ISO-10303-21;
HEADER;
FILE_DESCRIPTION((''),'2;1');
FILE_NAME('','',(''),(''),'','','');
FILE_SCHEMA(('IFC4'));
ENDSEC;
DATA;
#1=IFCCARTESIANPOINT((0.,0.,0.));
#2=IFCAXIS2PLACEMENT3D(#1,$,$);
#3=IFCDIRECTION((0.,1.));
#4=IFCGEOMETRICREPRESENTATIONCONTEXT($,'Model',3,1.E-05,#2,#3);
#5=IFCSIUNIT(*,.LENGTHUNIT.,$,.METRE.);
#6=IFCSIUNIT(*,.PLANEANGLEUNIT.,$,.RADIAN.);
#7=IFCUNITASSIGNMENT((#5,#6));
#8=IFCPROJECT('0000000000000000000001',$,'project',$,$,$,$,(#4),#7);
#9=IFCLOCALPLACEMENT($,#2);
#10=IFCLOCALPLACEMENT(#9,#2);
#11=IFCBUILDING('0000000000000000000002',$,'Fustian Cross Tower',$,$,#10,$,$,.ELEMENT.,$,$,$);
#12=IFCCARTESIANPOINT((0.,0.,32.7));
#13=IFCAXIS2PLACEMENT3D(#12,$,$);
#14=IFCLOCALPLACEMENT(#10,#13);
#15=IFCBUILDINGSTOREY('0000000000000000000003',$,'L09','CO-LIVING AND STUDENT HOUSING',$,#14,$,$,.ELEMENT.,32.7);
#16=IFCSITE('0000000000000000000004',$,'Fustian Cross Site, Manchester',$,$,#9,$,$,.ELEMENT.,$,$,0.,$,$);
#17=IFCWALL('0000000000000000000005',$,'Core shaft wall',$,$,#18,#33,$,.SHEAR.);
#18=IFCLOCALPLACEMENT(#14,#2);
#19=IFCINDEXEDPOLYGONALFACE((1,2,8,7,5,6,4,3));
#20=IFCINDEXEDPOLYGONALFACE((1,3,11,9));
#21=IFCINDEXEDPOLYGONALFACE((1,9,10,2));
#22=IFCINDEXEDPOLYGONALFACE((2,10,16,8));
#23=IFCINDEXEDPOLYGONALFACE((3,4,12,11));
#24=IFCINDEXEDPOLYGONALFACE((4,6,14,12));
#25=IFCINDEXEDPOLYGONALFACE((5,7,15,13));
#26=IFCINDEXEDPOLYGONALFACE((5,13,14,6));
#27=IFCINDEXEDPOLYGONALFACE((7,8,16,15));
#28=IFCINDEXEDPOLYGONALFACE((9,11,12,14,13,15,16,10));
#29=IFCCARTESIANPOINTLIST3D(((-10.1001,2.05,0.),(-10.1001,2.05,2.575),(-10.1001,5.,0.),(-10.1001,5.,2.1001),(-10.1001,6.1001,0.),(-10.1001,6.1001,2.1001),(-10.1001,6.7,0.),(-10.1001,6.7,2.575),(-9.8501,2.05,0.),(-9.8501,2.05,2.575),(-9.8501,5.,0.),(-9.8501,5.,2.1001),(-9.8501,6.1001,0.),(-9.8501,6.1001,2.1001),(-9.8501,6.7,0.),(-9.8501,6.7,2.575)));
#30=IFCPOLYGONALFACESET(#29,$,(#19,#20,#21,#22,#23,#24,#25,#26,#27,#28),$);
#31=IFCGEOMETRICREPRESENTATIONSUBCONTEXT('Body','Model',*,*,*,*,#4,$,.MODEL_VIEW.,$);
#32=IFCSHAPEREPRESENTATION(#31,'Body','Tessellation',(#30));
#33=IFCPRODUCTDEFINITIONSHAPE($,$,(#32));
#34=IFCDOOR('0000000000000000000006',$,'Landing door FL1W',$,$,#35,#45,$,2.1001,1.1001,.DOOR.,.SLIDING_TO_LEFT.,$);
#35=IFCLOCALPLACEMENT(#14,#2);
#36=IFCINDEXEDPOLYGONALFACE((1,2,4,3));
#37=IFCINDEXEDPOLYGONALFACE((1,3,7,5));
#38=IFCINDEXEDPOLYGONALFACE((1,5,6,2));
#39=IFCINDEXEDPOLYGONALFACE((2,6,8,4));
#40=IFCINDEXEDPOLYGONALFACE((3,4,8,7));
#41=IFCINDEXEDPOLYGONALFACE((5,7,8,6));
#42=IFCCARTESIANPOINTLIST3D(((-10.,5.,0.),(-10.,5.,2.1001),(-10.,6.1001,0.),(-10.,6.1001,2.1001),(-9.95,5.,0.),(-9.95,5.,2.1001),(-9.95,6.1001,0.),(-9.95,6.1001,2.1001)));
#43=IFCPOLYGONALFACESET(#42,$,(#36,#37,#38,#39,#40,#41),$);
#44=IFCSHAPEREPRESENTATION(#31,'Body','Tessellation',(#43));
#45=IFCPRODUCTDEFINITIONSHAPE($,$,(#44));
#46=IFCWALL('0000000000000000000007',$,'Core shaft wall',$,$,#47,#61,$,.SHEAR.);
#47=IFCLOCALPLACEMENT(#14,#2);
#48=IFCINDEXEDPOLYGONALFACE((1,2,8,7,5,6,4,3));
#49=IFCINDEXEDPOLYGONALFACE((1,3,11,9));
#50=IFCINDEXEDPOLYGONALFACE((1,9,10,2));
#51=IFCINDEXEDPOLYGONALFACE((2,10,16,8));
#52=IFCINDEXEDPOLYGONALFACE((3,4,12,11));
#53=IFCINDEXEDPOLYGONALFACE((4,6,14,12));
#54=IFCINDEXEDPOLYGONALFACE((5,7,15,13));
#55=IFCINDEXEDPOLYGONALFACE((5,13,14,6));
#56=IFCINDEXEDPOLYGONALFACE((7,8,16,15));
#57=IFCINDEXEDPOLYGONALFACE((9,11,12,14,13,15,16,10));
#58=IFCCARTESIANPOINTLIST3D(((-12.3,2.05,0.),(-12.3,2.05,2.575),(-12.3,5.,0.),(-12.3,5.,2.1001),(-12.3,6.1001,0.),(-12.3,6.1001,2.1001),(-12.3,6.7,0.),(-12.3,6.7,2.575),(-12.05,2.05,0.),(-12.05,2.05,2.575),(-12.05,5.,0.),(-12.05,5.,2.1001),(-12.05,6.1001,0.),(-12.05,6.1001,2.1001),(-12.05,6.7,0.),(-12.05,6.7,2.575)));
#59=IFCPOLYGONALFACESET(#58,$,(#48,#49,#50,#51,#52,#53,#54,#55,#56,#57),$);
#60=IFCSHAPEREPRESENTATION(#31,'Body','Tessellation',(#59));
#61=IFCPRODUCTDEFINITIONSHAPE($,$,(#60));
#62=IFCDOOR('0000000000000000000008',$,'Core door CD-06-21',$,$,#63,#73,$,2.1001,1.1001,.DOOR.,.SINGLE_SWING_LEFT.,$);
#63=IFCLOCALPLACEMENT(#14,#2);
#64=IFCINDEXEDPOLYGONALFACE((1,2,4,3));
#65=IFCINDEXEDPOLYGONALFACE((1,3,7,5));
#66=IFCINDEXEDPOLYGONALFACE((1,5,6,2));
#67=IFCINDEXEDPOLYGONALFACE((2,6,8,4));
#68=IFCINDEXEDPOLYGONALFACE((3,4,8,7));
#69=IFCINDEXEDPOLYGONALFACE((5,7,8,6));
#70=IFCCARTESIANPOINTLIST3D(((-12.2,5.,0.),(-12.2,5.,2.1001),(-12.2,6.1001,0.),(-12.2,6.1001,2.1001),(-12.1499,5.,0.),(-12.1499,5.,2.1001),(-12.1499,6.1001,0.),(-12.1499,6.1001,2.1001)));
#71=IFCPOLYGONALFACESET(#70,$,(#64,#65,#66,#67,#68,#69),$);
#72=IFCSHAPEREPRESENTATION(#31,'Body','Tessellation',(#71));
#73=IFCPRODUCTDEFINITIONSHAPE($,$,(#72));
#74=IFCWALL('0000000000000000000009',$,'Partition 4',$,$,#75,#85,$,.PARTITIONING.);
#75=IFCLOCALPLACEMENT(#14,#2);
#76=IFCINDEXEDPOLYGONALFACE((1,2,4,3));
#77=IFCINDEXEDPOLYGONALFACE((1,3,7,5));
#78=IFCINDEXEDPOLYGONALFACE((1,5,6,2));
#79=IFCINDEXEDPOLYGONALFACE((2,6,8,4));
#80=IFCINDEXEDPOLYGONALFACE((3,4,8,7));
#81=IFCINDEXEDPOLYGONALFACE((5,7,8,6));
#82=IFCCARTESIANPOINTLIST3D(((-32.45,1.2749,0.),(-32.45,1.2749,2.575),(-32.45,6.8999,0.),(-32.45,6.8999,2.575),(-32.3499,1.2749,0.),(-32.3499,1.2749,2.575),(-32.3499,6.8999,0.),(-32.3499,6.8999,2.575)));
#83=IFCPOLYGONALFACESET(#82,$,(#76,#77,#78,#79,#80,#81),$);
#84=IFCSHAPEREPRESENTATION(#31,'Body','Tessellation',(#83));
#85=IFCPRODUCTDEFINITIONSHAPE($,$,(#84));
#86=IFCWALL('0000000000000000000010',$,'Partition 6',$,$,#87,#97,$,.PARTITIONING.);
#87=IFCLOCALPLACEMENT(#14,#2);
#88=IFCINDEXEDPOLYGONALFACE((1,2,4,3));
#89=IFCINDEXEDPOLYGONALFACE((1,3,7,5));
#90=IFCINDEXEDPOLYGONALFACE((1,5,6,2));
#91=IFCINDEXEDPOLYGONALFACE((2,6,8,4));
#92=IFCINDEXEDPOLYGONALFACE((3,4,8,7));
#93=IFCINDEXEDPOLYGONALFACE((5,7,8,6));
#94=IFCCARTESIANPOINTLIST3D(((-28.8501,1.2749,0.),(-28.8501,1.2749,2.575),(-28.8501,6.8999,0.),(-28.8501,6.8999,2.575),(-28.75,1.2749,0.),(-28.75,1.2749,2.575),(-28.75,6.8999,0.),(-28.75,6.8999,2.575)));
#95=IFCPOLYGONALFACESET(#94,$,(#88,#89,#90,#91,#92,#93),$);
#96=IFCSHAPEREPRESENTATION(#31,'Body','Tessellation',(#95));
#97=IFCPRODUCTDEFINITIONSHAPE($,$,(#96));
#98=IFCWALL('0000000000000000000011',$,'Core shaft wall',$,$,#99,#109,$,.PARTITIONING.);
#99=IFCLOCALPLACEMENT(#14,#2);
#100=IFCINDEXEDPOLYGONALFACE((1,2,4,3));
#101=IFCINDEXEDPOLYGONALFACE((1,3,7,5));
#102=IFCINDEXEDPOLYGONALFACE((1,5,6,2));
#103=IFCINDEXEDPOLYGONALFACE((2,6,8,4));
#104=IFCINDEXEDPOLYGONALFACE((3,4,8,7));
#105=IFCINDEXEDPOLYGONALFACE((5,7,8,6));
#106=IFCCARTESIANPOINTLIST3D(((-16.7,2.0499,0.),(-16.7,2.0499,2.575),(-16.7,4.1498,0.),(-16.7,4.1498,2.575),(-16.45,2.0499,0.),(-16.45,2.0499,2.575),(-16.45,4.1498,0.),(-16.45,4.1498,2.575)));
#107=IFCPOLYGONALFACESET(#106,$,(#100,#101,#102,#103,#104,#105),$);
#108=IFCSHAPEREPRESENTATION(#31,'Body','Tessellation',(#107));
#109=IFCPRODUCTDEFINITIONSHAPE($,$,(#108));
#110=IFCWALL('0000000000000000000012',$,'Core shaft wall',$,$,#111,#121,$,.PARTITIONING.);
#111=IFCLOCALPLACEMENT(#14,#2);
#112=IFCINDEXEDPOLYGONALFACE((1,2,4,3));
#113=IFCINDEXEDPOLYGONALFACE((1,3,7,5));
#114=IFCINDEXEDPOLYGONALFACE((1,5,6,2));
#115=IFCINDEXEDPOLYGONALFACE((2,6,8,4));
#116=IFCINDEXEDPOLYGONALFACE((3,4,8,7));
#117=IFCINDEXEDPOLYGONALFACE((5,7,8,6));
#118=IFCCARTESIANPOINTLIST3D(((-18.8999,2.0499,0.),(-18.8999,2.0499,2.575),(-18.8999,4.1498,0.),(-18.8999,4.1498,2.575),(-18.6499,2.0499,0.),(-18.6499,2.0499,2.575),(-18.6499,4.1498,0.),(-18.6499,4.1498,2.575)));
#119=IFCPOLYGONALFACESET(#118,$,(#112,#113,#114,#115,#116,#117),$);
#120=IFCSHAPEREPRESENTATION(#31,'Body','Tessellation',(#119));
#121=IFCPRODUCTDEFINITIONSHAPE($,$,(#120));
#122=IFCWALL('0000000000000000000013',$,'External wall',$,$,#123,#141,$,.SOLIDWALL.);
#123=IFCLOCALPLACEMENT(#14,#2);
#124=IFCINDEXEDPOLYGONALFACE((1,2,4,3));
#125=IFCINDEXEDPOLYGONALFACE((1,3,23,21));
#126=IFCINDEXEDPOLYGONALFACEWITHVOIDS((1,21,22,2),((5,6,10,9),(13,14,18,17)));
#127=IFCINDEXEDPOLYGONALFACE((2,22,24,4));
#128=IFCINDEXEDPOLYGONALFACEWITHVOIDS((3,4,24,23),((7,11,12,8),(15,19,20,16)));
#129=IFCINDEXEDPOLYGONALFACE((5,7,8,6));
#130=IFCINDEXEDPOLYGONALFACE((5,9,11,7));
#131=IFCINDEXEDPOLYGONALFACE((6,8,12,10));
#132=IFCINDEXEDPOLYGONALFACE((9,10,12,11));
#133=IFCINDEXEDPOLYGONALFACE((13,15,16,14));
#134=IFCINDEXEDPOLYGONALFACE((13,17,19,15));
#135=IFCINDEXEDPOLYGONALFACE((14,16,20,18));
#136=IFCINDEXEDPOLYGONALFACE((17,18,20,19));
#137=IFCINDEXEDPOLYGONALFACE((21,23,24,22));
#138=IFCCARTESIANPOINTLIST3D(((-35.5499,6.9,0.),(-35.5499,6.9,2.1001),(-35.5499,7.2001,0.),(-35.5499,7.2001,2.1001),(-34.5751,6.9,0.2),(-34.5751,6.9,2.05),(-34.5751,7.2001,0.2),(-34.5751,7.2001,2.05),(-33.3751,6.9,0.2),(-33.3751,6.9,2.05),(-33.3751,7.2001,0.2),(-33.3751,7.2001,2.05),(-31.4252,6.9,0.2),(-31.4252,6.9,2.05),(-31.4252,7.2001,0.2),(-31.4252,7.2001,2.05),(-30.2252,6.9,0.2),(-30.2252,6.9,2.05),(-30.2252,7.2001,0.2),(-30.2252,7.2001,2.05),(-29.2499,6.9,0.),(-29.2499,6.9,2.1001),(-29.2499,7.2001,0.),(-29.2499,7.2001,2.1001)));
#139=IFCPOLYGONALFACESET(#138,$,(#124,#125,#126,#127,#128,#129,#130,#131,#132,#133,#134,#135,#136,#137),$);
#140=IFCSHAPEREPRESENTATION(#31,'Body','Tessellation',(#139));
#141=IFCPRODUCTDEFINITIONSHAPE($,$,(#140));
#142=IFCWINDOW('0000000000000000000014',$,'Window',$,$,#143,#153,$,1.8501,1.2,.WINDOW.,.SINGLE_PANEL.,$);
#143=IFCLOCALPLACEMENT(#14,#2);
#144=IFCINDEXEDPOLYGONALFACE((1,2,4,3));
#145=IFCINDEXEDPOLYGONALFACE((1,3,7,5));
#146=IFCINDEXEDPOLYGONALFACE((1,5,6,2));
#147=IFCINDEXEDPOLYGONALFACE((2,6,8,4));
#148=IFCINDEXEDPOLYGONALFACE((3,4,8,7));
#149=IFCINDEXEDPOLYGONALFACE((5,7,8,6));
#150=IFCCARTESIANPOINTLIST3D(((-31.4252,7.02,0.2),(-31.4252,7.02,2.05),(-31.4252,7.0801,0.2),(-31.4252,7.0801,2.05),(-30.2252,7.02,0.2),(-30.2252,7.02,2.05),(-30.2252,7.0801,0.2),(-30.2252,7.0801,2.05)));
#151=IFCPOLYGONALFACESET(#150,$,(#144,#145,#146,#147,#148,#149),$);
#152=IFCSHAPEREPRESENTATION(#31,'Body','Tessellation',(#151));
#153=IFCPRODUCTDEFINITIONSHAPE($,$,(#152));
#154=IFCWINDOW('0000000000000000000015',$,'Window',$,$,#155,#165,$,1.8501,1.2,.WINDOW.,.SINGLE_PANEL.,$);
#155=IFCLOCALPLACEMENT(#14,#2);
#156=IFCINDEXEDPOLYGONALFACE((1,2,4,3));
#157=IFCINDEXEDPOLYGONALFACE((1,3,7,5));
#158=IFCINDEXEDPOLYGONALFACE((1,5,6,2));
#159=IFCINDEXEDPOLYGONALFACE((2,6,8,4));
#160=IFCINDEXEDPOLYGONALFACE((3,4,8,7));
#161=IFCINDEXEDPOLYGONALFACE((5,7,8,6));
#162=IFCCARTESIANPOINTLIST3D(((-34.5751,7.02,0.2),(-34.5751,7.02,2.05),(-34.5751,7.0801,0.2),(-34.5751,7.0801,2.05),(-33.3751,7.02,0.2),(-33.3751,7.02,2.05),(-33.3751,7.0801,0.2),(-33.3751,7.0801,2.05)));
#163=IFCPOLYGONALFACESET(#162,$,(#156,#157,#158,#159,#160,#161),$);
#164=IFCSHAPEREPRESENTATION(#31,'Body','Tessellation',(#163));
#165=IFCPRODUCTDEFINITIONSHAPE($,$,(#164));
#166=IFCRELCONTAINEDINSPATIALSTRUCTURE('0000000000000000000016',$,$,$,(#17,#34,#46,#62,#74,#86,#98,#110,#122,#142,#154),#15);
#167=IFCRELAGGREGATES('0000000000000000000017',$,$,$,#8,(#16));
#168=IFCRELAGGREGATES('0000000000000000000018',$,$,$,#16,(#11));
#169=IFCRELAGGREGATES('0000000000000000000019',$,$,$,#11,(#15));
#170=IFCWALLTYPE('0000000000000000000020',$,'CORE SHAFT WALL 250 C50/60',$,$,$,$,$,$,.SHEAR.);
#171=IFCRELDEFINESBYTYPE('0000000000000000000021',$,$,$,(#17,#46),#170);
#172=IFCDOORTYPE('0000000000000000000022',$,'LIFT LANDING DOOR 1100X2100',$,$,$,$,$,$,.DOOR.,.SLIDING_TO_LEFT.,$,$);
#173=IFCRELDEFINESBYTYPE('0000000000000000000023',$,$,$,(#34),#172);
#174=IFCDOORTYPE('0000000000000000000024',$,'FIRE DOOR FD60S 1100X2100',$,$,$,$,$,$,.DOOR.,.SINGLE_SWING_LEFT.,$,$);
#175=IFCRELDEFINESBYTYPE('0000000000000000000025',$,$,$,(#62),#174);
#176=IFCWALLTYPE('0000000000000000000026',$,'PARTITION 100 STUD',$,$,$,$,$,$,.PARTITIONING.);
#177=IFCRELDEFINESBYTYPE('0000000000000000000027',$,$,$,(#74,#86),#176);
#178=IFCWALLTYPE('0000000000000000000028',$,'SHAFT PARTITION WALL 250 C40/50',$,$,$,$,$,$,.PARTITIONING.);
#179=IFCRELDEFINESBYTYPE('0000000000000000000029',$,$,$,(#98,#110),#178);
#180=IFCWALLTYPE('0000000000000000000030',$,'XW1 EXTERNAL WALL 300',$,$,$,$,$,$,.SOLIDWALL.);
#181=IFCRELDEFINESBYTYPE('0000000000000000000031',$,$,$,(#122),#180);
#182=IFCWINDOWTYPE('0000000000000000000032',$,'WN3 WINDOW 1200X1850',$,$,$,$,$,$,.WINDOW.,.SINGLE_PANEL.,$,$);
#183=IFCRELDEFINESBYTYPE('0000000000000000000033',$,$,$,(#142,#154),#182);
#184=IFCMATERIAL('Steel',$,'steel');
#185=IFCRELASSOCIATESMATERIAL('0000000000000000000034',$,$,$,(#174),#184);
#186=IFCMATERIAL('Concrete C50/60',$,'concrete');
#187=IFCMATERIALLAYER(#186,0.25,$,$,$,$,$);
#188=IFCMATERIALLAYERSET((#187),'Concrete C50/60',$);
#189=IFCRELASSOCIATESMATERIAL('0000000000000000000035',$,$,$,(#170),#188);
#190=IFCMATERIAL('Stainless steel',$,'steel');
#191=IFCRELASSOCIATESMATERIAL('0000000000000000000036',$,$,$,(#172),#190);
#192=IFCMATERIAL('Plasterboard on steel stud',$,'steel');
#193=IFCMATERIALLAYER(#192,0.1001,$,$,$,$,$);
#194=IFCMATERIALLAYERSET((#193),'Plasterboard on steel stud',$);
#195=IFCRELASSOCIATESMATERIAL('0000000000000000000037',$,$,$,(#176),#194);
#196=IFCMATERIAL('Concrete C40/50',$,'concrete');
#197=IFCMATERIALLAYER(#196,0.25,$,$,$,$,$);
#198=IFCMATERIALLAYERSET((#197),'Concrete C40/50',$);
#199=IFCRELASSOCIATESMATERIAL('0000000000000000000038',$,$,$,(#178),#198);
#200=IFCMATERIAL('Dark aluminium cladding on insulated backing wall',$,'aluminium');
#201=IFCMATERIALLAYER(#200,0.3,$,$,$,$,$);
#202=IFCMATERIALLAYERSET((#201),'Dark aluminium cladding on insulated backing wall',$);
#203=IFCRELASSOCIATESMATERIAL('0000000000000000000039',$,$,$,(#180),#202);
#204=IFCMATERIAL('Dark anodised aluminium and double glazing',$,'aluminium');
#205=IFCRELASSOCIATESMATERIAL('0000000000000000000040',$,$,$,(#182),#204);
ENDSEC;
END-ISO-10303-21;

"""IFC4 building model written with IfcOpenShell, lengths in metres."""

from ifc_helpers import new_model, si_unit, direction, frame, frame_2d, origin, place, context, subcontext, project, spatial, rectangle, extrude, material, layer, layer_set, type_object, element, fill, save


model = new_model("IFC4")

# Units and contexts
model_context = context("Model", 3, precision=1e-05, world=origin(), true_north=direction((0.0, 1.0)))
body_context = subcontext(model_context, "Body", "Model", "MODEL_VIEW")
ifc_project = project(units=[si_unit("LENGTHUNIT", "METRE"), si_unit("PLANEANGLEUNIT", "RADIAN")], contexts=[model_context])

# Site, building, storey
site_placement = place(None, origin())
site = spatial("IfcSite", under=ifc_project, at=site_placement, Name="Fustian Cross Site, Manchester", CompositionType="ELEMENT", RefElevation=0.0)
building_placement = place(site_placement, origin())
building = spatial("IfcBuilding", under=site, at=building_placement, Name="Fustian Cross Tower", CompositionType="ELEMENT")
storey_placement = place(building_placement, frame((0.0, 0.0, 32.7)))
storey = spatial("IfcBuildingStorey", under=building, at=storey_placement, Name="L09", Description="CO-LIVING AND STUDENT HOUSING", CompositionType="ELEMENT", Elevation=32.7)

# Shared definitions
ifc_material_1 = material(Name="Steel", Category="steel")
door_type_1 = type_object("IfcDoorType", Name="FIRE DOOR FD60S 1100X2100", OperationType="SINGLE_SWING_LEFT", PredefinedType="DOOR", material=ifc_material_1)

# Shared definitions
ifc_material_2 = material(Name="Concrete C50/60", Category="concrete")
ifc_layer_1 = layer(ifc_material_2, 0.25)
ifc_layer_set_1 = layer_set([ifc_layer_1], Name="Concrete C50/60")
wall_type_1 = type_object("IfcWallType", Name="CORE SHAFT WALL 250 C50/60", PredefinedType="SHEAR", material=ifc_layer_set_1)

# Walls, openings, doors
wall_1_placement = place(storey_placement, frame((-9.9751, 2.05, 0.0), z_axis=(0.0, 0.0, 1.0), x_axis=(0.0, 1.0, 0.0)))
wall_1 = element("IfcWall", 1, at=wall_1_placement, inside=storey, type_object=wall_type_1, Name="Core shaft wall", PredefinedType="SHEAR", context=body_context, shape_type="SweptSolid", body=[
    extrude(rectangle(XDim=4.6499, YDim=0.25, at=frame_2d((2.325, 0.0))), origin(), (0.0, 0.0, 1.0), 2.575),
])
opening_1_placement = place(wall_1_placement, frame((2.95, 0.0, 0.0)))
opening_1 = element("IfcOpeningElement", 2, at=opening_1_placement, cuts=wall_1, PredefinedType="OPENING", context=body_context, shape_type="SweptSolid", body=[
    extrude(rectangle(XDim=1.1001, YDim=2.1001, at=frame_2d((0.55, 1.05))), frame((0.0, 0.135, 0.0), z_axis=(0.0, -1.0, 0.0), x_axis=(1.0, 0.0, 0.0)), (0.0, 0.0, 1.0), 0.27),
])
ifc_material_3 = material(Name="Stainless steel", Category="steel")
door_type_2 = type_object("IfcDoorType", Name="LIFT LANDING DOOR 1100X2100", OperationType="SLIDING_TO_LEFT", PredefinedType="DOOR", material=ifc_material_3)
door_1_placement = place(opening_1_placement, origin())
door_1 = element("IfcDoor", 3, at=door_1_placement, inside=storey, type_object=door_type_2, Name="Landing door FL1W", OperationType="SLIDING_TO_LEFT", OverallHeight=2.1001, OverallWidth=1.1001, PredefinedType="DOOR", context=body_context, shape_type="SweptSolid", body=[
    extrude(rectangle(XDim=1.1001, YDim=2.1001, at=frame_2d((0.55, 1.05))), frame((0.0, 0.0249, 0.0), z_axis=(0.0, -1.0, 0.0), x_axis=(1.0, 0.0, 0.0)), (0.0, 0.0, 1.0), 0.05),
])
fill(opening_1, door_1)
wall_2_placement = place(storey_placement, frame((-12.175, 2.05, 0.0), z_axis=(0.0, 0.0, 1.0), x_axis=(0.0, 1.0, 0.0)))
wall_2 = element("IfcWall", 4, at=wall_2_placement, inside=storey, type_object=wall_type_1, Name="Core shaft wall", PredefinedType="SHEAR", context=body_context, shape_type="SweptSolid", body=[
    extrude(rectangle(XDim=4.6499, YDim=0.25, at=frame_2d((2.325, 0.0))), origin(), (0.0, 0.0, 1.0), 2.575),
])
opening_2_placement = place(wall_2_placement, frame((2.95, 0.0, 0.0)))
opening_2 = element("IfcOpeningElement", 5, at=opening_2_placement, cuts=wall_2, PredefinedType="OPENING", context=body_context, shape_type="SweptSolid", body=[
    extrude(rectangle(XDim=1.1001, YDim=2.1001, at=frame_2d((0.55, 1.05))), frame((0.0, 0.135, 0.0), z_axis=(0.0, -1.0, 0.0), x_axis=(1.0, 0.0, 0.0)), (0.0, 0.0, 1.0), 0.27),
])
door_2_placement = place(opening_2_placement, origin())
door_2 = element("IfcDoor", 6, at=door_2_placement, inside=storey, type_object=door_type_1, Name="Core door CD-06-21", OperationType="SINGLE_SWING_LEFT", OverallHeight=2.1001, OverallWidth=1.1001, PredefinedType="DOOR", context=body_context, shape_type="SweptSolid", body=[
    extrude(rectangle(XDim=1.1001, YDim=2.1001, at=frame_2d((0.55, 1.05))), frame((0.0, 0.0249, 0.0), z_axis=(0.0, -1.0, 0.0), x_axis=(1.0, 0.0, 0.0)), (0.0, 0.0, 1.0), 0.05),
])
fill(opening_2, door_2)

# Walls
ifc_material_4 = material(Name="Plasterboard on steel stud", Category="steel")
ifc_layer_2 = layer(ifc_material_4, 0.1001)
ifc_layer_set_2 = layer_set([ifc_layer_2], Name="Plasterboard on steel stud")
wall_type_2 = type_object("IfcWallType", Name="PARTITION 100 STUD", PredefinedType="PARTITIONING", material=ifc_layer_set_2)
for number, where, z_axis, x_axis, name in (
    (7, (-32.3999, 1.2749, 0.0), (0.0, 0.0, 1.0), (0.0, 1.0, 0.0), "Partition 4"),
    (8, (-28.8, 1.2749, 0.0), (0.0, 0.0, 1.0), (0.0, 1.0, 0.0), "Partition 6"),
):
    element("IfcWall", number, at=place(storey_placement, frame(where, z_axis=z_axis, x_axis=x_axis)), inside=storey, type_object=wall_type_2, Name=name, PredefinedType="PARTITIONING", context=body_context, shape_type="SweptSolid", body=[
        extrude(rectangle(XDim=5.625, YDim=0.1001, at=frame_2d((2.8125, 0.0))), origin(), (0.0, 0.0, 1.0), 2.575),
    ])
ifc_material_5 = material(Name="Concrete C40/50", Category="concrete")
ifc_layer_3 = layer(ifc_material_5, 0.25)
ifc_layer_set_3 = layer_set([ifc_layer_3], Name="Concrete C40/50")
wall_type_3 = type_object("IfcWallType", Name="SHAFT PARTITION WALL 250 C40/50", PredefinedType="PARTITIONING", material=ifc_layer_set_3)
for number, where, z_axis, x_axis, name in (
    (9, (-16.575, 2.05, 0.0), (0.0, 0.0, 1.0), (0.0, 1.0, 0.0), "Core shaft wall"),
    (10, (-18.7749, 2.05, 0.0), (0.0, 0.0, 1.0), (0.0, 1.0, 0.0), "Core shaft wall"),
):
    element("IfcWall", number, at=place(storey_placement, frame(where, z_axis=z_axis, x_axis=x_axis)), inside=storey, type_object=wall_type_3, Name=name, PredefinedType="PARTITIONING", context=body_context, shape_type="SweptSolid", body=[
        extrude(rectangle(XDim=2.0999, YDim=0.25, at=frame_2d((1.0498, 0.0))), origin(), (0.0, 0.0, 1.0), 2.575),
    ])

# Wall, openings, windows
ifc_material_6 = material(Name="Dark aluminium cladding on insulated backing wall", Category="aluminium")
ifc_layer_4 = layer(ifc_material_6, 0.3)
ifc_layer_set_4 = layer_set([ifc_layer_4], Name="Dark aluminium cladding on insulated backing wall")
wall_type_4 = type_object("IfcWallType", Name="XW1 EXTERNAL WALL 300", PredefinedType="SOLIDWALL", material=ifc_layer_set_4)
wall_3_placement = place(storey_placement, frame((-29.25, 7.05, 0.0), z_axis=(0.0, 0.0, 1.0), x_axis=(-1.0, 0.0, 0.0)))
wall_3 = element("IfcWall", 11, at=wall_3_placement, inside=storey, type_object=wall_type_4, Name="External wall", PredefinedType="SOLIDWALL", context=body_context, shape_type="SweptSolid", body=[
    extrude(rectangle(XDim=6.3, YDim=0.3, at=frame_2d((3.1499, 0.0))), origin(), (0.0, 0.0, 1.0), 2.1001),
])
opening_3_placement = place(wall_3_placement, frame((0.9751, 0.0, 0.2)))
opening_3 = element("IfcOpeningElement", 12, at=opening_3_placement, cuts=wall_3, PredefinedType="OPENING", context=body_context, shape_type="SweptSolid", body=[
    extrude(rectangle(XDim=1.2, YDim=1.8501, at=frame_2d((0.6001, 0.925))), frame((0.0, 0.1599, 0.0), z_axis=(0.0, -1.0, 0.0), x_axis=(1.0, 0.0, 0.0)), (0.0, 0.0, 1.0), 0.3201),
])
opening_4_placement = place(wall_3_placement, frame((4.125, 0.0, 0.2)))
opening_4 = element("IfcOpeningElement", 13, at=opening_4_placement, cuts=wall_3, PredefinedType="OPENING", context=body_context, shape_type="SweptSolid", body=[
    extrude(rectangle(XDim=1.2, YDim=1.8501, at=frame_2d((0.6001, 0.925))), frame((0.0, 0.1599, 0.0), z_axis=(0.0, -1.0, 0.0), x_axis=(1.0, 0.0, 0.0)), (0.0, 0.0, 1.0), 0.3201),
])
ifc_material_7 = material(Name="Dark anodised aluminium and double glazing", Category="aluminium")
window_type = type_object("IfcWindowType", Name="WN3 WINDOW 1200X1850", PartitioningType="SINGLE_PANEL", PredefinedType="WINDOW", material=ifc_material_7)
window_1_placement = place(opening_3_placement, origin())
window_1 = element("IfcWindow", 14, at=window_1_placement, inside=storey, type_object=window_type, Name="Window", OverallHeight=1.8501, OverallWidth=1.2, PartitioningType="SINGLE_PANEL", PredefinedType="WINDOW", context=body_context, shape_type="SweptSolid", body=[
    extrude(rectangle(XDim=1.2, YDim=1.8501, at=frame_2d((0.6001, 0.925))), frame((0.0, 0.03, 0.0), z_axis=(0.0, -1.0, 0.0), x_axis=(1.0, 0.0, 0.0)), (0.0, 0.0, 1.0), 0.0601),
])
fill(opening_3, window_1)
window_2_placement = place(opening_4_placement, origin())
window_2 = element("IfcWindow", 15, at=window_2_placement, inside=storey, type_object=window_type, Name="Window", OverallHeight=1.8501, OverallWidth=1.2, PartitioningType="SINGLE_PANEL", PredefinedType="WINDOW", context=body_context, shape_type="SweptSolid", body=[
    extrude(rectangle(XDim=1.2, YDim=1.8501, at=frame_2d((0.6001, 0.925))), frame((0.0, 0.03, 0.0), z_axis=(0.0, -1.0, 0.0), x_axis=(1.0, 0.0, 0.0)), (0.0, 0.0, 1.0), 0.0601),
])
fill(opening_4, window_2)

save(model, "model.ifc")
